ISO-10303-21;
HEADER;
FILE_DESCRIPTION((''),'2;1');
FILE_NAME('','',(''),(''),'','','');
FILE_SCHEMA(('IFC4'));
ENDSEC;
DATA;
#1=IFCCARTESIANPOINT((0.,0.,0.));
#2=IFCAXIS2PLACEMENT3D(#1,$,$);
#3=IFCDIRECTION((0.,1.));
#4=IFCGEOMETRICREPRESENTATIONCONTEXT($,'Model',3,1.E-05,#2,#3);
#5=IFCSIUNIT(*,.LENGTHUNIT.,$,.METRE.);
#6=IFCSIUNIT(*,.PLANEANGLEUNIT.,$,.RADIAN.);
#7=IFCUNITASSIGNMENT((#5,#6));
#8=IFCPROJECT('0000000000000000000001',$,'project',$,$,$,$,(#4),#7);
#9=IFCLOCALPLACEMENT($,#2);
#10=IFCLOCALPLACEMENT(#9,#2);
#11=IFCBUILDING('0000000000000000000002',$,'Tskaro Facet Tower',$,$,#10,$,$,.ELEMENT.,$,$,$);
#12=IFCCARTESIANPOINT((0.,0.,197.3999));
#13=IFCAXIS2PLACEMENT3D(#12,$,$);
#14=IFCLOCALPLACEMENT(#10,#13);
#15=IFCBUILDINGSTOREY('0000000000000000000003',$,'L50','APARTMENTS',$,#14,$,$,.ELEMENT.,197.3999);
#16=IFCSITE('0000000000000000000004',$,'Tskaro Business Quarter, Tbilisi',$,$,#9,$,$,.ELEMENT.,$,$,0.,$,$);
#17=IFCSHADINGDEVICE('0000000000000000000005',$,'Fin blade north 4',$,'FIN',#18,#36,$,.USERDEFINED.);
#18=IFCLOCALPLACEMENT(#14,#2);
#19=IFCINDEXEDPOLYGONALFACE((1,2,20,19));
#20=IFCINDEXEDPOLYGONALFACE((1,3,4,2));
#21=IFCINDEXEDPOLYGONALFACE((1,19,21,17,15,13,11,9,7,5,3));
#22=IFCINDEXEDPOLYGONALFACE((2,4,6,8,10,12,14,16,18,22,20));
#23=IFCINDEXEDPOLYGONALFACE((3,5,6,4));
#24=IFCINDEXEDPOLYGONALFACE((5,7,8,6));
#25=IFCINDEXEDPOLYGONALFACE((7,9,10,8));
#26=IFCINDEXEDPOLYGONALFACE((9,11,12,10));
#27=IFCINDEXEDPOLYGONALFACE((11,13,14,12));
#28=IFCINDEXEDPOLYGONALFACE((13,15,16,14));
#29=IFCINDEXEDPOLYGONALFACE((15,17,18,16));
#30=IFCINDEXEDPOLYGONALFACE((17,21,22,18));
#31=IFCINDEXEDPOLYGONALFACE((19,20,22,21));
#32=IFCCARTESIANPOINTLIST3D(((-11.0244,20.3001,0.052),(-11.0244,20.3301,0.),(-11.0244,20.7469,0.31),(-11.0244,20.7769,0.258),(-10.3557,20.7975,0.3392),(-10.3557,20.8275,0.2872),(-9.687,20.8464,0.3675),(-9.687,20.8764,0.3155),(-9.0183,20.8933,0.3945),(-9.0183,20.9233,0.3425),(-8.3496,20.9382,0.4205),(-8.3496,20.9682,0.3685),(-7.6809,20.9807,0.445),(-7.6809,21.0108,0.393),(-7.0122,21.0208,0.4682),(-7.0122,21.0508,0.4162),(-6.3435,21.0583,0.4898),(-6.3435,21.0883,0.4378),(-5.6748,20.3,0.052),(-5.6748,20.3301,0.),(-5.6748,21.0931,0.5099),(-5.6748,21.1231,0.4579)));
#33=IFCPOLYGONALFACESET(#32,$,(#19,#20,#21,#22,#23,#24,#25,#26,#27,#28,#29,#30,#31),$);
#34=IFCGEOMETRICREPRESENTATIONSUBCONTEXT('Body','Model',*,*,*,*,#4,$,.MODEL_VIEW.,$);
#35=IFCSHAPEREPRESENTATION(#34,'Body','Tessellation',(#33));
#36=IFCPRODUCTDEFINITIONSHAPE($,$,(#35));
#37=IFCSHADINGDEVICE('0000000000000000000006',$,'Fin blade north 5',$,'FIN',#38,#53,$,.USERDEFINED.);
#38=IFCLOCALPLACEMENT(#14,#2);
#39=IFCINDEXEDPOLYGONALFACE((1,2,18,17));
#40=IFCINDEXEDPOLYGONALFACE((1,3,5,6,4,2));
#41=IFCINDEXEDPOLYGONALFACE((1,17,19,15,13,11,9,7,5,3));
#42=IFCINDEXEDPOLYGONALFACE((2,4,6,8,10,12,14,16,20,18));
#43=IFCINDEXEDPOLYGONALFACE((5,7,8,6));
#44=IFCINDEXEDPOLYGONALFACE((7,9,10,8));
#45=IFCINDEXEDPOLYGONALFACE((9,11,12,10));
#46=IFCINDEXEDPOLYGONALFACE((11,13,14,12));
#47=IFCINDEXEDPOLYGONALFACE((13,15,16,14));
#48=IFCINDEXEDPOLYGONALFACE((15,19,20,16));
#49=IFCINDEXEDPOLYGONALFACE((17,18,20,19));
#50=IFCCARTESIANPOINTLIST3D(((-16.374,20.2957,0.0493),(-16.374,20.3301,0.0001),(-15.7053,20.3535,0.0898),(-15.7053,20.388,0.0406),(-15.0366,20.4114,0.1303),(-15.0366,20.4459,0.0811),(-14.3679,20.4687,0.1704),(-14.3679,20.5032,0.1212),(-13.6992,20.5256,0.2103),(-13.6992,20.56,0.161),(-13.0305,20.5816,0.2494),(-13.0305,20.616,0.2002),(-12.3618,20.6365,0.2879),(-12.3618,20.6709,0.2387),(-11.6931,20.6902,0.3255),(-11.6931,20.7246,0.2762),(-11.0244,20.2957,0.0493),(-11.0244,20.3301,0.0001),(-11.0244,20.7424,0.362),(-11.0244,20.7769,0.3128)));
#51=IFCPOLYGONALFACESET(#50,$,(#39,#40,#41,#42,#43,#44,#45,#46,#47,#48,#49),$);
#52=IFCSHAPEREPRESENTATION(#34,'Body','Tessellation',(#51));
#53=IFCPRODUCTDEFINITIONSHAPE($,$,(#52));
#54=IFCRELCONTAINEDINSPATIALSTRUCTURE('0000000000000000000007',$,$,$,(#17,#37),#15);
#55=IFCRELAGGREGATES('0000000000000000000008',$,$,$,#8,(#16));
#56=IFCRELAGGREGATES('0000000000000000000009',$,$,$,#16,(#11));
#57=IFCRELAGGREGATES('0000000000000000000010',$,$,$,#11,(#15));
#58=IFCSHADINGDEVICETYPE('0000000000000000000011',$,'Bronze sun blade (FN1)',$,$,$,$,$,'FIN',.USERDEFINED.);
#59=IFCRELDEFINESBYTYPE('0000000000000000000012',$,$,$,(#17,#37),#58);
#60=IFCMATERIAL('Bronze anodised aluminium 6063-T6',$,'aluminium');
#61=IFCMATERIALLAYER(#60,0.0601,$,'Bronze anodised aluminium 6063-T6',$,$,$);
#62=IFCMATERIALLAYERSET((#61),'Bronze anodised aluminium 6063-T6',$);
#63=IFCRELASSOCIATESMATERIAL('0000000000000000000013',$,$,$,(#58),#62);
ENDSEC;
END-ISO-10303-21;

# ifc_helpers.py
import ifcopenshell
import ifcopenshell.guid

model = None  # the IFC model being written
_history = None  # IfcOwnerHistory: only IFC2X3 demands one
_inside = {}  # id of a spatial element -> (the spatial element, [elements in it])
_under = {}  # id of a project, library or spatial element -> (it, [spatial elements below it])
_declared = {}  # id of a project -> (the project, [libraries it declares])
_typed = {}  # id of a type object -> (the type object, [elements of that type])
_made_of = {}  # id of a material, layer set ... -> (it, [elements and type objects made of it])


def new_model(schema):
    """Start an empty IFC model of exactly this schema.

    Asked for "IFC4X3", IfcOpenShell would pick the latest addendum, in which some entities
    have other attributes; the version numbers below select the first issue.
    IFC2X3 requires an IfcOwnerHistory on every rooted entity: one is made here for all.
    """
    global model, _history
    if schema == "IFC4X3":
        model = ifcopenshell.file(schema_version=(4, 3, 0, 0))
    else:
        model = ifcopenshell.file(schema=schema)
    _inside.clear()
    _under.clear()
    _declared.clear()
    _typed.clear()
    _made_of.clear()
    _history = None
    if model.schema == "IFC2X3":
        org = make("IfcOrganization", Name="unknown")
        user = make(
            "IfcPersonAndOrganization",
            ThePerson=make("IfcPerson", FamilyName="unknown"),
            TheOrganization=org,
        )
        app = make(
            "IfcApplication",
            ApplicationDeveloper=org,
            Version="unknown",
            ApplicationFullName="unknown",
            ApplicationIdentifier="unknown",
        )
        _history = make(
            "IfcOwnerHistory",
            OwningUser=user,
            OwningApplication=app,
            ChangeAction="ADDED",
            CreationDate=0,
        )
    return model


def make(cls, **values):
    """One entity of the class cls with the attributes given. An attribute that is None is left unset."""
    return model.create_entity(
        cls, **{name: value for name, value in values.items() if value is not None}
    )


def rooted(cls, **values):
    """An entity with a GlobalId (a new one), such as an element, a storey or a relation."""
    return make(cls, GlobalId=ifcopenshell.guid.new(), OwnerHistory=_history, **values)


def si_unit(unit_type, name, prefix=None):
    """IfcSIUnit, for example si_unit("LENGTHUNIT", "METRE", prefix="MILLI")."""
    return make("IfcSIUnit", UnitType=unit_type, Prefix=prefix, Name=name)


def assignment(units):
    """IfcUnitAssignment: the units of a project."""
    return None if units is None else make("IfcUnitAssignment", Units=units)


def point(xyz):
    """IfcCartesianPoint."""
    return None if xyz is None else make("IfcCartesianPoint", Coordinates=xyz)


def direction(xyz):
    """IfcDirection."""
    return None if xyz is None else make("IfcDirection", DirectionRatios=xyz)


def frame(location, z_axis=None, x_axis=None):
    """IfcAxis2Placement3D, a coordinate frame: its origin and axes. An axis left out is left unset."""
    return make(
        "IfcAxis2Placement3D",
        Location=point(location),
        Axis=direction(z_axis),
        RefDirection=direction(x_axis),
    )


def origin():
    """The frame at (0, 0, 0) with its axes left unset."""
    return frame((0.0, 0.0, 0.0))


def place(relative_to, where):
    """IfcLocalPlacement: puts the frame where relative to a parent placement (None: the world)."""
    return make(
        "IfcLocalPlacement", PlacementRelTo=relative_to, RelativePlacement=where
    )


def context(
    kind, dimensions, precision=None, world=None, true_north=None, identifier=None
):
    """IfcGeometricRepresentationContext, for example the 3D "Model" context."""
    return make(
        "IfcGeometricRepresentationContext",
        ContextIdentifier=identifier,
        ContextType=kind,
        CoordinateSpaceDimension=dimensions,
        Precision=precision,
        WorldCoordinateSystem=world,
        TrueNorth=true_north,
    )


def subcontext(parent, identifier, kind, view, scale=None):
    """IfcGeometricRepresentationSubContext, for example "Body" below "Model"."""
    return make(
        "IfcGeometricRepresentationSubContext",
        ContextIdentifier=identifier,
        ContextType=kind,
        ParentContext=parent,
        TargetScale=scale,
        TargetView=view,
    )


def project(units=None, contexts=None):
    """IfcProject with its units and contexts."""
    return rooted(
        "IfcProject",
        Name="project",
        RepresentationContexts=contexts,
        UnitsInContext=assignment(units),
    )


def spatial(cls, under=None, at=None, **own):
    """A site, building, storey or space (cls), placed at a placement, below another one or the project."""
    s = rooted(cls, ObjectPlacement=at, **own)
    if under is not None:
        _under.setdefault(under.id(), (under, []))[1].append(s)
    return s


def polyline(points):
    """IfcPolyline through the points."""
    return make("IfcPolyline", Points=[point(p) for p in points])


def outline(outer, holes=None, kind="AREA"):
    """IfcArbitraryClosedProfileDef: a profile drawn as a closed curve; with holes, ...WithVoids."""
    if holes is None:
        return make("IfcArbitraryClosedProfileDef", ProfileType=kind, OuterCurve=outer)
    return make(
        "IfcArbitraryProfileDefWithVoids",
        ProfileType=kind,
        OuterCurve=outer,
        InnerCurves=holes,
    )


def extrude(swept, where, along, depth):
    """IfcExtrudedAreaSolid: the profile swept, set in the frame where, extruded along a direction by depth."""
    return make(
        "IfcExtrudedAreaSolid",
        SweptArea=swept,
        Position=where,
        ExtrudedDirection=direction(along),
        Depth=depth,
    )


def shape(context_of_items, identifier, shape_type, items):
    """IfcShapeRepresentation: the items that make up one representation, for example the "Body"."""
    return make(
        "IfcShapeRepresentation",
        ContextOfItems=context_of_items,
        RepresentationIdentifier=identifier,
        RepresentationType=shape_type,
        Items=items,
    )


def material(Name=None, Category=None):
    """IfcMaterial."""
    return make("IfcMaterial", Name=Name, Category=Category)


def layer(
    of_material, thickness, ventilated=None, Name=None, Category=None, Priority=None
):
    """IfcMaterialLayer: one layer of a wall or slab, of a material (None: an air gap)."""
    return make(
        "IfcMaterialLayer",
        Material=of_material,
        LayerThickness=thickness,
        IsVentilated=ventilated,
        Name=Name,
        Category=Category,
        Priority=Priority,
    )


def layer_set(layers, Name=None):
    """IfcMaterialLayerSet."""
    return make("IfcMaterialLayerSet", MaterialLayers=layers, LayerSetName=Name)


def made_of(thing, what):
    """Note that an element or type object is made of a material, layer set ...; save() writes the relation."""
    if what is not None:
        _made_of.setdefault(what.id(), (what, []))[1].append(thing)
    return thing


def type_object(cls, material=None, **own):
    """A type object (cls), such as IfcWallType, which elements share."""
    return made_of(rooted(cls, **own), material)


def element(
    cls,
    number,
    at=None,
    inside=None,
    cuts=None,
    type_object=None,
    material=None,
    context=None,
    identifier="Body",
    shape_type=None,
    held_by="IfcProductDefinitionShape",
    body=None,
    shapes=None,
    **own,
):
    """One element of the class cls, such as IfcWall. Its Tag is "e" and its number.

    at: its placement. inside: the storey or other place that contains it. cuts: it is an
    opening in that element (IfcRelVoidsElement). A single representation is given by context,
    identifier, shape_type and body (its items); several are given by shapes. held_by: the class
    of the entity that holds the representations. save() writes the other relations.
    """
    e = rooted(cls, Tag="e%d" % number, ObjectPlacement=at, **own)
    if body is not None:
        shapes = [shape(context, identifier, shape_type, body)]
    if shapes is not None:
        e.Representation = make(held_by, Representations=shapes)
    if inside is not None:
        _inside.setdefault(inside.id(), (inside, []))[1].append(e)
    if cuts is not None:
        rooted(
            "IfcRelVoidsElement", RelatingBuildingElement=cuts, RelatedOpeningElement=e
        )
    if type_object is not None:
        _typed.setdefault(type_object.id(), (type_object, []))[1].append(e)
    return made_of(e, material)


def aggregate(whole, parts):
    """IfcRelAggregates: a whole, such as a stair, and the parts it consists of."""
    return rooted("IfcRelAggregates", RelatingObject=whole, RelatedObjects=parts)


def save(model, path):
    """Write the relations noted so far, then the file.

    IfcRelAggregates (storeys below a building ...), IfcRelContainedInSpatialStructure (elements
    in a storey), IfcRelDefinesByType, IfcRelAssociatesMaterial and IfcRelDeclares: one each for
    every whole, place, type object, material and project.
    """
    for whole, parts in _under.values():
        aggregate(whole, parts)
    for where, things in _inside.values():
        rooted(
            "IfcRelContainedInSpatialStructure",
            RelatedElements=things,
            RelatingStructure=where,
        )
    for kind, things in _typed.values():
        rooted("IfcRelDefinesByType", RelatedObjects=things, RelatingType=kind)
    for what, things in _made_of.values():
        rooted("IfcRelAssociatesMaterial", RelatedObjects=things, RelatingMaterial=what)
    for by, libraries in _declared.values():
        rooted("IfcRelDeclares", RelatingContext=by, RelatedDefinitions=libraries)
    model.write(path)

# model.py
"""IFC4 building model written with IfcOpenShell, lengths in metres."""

from ifc_helpers import new_model, si_unit, direction, frame, origin, place, context, subcontext, project, spatial, polyline, outline, extrude, material, layer, layer_set, type_object, element, save


model = new_model("IFC4")

# Units and contexts
model_context = context("Model", 3, precision=1e-05, world=origin(), true_north=direction((0.0, 1.0)))
body_context = subcontext(model_context, "Body", "Model", "MODEL_VIEW")
ifc_project = project(units=[si_unit("LENGTHUNIT", "METRE"), si_unit("PLANEANGLEUNIT", "RADIAN")], contexts=[model_context])

# Site, building, storey
site_placement = place(None, origin())
site = spatial("IfcSite", under=ifc_project, at=site_placement, Name="Tskaro Business Quarter, Tbilisi", CompositionType="ELEMENT", RefElevation=0.0)
building_placement = place(site_placement, origin())
building = spatial("IfcBuilding", under=site, at=building_placement, Name="Tskaro Facet Tower", CompositionType="ELEMENT")
storey_placement = place(building_placement, frame((0.0, 0.0, 197.3999)))
storey = spatial("IfcBuildingStorey", under=building, at=storey_placement, Name="L50", Description="APARTMENTS", CompositionType="ELEMENT", Elevation=197.3999)

# Shared definitions
ifc_material_1 = material(Name="Bronze anodised aluminium 6063-T6", Category="aluminium")

# Shading devices
ifc_layer_1 = layer(ifc_material_1, 0.0601, Name="Bronze anodised aluminium 6063-T6")
ifc_layer_set_1 = layer_set([ifc_layer_1], Name="Bronze anodised aluminium 6063-T6")
shading_device_type = type_object("IfcShadingDeviceType", Name="Bronze sun blade (FN1)", ElementType="FIN", PredefinedType="USERDEFINED", material=ifc_layer_set_1)
shading_device_1_placement = place(storey_placement, frame((-5.6748, 20.3, 0.052), z_axis=(-0.000007, -0.500064, 0.865988), x_axis=(-1.0, 0.000004, -0.000006)))
element("IfcShadingDevice", 1, at=shading_device_1_placement, inside=storey, type_object=shading_device_type, Name="Fin blade north 4", ObjectType="FIN", PredefinedType="USERDEFINED", context=body_context, shape_type="SweptSolid", body=[
    extrude(outline(polyline([(0.0, 0.0), (5.3496, 0.0), (5.3496, -0.5159), (4.6809, -0.5744), (4.0122, -0.6309), (3.3435, -0.685), (2.6748, -0.7369), (2.0061, -0.786), (1.3374, -0.8323), (0.6687, -0.8756), (0.0, -0.9157), (0.0, 0.0)])), origin(), (0.0, 0.0, -1.0), 0.0601),
])
shading_device_2_placement = place(storey_placement, frame((-11.0244, 20.2957, 0.0493), z_axis=(-0.000004, -0.573425, 0.819258), x_axis=(-1.0, 0.000003, -0.000004)))
element("IfcShadingDevice", 2, at=shading_device_2_placement, inside=storey, type_object=shading_device_type, Name="Fin blade north 5", ObjectType="FIN", PredefinedType="USERDEFINED", context=body_context, shape_type="SweptSolid", body=[
    extrude(outline(polyline([(0.0, 0.0), (5.3496, 0.0), (4.6809, -0.0706), (4.0122, -0.1413), (3.3435, -0.2112), (2.6748, -0.2807), (2.0061, -0.349), (1.3374, -0.416), (0.6687, -0.4816), (0.0, -0.5454), (0.0, 0.0)])), origin(), (0.0, 0.0, -1.0), 0.0601),
])

save(model, "model.ifc")
